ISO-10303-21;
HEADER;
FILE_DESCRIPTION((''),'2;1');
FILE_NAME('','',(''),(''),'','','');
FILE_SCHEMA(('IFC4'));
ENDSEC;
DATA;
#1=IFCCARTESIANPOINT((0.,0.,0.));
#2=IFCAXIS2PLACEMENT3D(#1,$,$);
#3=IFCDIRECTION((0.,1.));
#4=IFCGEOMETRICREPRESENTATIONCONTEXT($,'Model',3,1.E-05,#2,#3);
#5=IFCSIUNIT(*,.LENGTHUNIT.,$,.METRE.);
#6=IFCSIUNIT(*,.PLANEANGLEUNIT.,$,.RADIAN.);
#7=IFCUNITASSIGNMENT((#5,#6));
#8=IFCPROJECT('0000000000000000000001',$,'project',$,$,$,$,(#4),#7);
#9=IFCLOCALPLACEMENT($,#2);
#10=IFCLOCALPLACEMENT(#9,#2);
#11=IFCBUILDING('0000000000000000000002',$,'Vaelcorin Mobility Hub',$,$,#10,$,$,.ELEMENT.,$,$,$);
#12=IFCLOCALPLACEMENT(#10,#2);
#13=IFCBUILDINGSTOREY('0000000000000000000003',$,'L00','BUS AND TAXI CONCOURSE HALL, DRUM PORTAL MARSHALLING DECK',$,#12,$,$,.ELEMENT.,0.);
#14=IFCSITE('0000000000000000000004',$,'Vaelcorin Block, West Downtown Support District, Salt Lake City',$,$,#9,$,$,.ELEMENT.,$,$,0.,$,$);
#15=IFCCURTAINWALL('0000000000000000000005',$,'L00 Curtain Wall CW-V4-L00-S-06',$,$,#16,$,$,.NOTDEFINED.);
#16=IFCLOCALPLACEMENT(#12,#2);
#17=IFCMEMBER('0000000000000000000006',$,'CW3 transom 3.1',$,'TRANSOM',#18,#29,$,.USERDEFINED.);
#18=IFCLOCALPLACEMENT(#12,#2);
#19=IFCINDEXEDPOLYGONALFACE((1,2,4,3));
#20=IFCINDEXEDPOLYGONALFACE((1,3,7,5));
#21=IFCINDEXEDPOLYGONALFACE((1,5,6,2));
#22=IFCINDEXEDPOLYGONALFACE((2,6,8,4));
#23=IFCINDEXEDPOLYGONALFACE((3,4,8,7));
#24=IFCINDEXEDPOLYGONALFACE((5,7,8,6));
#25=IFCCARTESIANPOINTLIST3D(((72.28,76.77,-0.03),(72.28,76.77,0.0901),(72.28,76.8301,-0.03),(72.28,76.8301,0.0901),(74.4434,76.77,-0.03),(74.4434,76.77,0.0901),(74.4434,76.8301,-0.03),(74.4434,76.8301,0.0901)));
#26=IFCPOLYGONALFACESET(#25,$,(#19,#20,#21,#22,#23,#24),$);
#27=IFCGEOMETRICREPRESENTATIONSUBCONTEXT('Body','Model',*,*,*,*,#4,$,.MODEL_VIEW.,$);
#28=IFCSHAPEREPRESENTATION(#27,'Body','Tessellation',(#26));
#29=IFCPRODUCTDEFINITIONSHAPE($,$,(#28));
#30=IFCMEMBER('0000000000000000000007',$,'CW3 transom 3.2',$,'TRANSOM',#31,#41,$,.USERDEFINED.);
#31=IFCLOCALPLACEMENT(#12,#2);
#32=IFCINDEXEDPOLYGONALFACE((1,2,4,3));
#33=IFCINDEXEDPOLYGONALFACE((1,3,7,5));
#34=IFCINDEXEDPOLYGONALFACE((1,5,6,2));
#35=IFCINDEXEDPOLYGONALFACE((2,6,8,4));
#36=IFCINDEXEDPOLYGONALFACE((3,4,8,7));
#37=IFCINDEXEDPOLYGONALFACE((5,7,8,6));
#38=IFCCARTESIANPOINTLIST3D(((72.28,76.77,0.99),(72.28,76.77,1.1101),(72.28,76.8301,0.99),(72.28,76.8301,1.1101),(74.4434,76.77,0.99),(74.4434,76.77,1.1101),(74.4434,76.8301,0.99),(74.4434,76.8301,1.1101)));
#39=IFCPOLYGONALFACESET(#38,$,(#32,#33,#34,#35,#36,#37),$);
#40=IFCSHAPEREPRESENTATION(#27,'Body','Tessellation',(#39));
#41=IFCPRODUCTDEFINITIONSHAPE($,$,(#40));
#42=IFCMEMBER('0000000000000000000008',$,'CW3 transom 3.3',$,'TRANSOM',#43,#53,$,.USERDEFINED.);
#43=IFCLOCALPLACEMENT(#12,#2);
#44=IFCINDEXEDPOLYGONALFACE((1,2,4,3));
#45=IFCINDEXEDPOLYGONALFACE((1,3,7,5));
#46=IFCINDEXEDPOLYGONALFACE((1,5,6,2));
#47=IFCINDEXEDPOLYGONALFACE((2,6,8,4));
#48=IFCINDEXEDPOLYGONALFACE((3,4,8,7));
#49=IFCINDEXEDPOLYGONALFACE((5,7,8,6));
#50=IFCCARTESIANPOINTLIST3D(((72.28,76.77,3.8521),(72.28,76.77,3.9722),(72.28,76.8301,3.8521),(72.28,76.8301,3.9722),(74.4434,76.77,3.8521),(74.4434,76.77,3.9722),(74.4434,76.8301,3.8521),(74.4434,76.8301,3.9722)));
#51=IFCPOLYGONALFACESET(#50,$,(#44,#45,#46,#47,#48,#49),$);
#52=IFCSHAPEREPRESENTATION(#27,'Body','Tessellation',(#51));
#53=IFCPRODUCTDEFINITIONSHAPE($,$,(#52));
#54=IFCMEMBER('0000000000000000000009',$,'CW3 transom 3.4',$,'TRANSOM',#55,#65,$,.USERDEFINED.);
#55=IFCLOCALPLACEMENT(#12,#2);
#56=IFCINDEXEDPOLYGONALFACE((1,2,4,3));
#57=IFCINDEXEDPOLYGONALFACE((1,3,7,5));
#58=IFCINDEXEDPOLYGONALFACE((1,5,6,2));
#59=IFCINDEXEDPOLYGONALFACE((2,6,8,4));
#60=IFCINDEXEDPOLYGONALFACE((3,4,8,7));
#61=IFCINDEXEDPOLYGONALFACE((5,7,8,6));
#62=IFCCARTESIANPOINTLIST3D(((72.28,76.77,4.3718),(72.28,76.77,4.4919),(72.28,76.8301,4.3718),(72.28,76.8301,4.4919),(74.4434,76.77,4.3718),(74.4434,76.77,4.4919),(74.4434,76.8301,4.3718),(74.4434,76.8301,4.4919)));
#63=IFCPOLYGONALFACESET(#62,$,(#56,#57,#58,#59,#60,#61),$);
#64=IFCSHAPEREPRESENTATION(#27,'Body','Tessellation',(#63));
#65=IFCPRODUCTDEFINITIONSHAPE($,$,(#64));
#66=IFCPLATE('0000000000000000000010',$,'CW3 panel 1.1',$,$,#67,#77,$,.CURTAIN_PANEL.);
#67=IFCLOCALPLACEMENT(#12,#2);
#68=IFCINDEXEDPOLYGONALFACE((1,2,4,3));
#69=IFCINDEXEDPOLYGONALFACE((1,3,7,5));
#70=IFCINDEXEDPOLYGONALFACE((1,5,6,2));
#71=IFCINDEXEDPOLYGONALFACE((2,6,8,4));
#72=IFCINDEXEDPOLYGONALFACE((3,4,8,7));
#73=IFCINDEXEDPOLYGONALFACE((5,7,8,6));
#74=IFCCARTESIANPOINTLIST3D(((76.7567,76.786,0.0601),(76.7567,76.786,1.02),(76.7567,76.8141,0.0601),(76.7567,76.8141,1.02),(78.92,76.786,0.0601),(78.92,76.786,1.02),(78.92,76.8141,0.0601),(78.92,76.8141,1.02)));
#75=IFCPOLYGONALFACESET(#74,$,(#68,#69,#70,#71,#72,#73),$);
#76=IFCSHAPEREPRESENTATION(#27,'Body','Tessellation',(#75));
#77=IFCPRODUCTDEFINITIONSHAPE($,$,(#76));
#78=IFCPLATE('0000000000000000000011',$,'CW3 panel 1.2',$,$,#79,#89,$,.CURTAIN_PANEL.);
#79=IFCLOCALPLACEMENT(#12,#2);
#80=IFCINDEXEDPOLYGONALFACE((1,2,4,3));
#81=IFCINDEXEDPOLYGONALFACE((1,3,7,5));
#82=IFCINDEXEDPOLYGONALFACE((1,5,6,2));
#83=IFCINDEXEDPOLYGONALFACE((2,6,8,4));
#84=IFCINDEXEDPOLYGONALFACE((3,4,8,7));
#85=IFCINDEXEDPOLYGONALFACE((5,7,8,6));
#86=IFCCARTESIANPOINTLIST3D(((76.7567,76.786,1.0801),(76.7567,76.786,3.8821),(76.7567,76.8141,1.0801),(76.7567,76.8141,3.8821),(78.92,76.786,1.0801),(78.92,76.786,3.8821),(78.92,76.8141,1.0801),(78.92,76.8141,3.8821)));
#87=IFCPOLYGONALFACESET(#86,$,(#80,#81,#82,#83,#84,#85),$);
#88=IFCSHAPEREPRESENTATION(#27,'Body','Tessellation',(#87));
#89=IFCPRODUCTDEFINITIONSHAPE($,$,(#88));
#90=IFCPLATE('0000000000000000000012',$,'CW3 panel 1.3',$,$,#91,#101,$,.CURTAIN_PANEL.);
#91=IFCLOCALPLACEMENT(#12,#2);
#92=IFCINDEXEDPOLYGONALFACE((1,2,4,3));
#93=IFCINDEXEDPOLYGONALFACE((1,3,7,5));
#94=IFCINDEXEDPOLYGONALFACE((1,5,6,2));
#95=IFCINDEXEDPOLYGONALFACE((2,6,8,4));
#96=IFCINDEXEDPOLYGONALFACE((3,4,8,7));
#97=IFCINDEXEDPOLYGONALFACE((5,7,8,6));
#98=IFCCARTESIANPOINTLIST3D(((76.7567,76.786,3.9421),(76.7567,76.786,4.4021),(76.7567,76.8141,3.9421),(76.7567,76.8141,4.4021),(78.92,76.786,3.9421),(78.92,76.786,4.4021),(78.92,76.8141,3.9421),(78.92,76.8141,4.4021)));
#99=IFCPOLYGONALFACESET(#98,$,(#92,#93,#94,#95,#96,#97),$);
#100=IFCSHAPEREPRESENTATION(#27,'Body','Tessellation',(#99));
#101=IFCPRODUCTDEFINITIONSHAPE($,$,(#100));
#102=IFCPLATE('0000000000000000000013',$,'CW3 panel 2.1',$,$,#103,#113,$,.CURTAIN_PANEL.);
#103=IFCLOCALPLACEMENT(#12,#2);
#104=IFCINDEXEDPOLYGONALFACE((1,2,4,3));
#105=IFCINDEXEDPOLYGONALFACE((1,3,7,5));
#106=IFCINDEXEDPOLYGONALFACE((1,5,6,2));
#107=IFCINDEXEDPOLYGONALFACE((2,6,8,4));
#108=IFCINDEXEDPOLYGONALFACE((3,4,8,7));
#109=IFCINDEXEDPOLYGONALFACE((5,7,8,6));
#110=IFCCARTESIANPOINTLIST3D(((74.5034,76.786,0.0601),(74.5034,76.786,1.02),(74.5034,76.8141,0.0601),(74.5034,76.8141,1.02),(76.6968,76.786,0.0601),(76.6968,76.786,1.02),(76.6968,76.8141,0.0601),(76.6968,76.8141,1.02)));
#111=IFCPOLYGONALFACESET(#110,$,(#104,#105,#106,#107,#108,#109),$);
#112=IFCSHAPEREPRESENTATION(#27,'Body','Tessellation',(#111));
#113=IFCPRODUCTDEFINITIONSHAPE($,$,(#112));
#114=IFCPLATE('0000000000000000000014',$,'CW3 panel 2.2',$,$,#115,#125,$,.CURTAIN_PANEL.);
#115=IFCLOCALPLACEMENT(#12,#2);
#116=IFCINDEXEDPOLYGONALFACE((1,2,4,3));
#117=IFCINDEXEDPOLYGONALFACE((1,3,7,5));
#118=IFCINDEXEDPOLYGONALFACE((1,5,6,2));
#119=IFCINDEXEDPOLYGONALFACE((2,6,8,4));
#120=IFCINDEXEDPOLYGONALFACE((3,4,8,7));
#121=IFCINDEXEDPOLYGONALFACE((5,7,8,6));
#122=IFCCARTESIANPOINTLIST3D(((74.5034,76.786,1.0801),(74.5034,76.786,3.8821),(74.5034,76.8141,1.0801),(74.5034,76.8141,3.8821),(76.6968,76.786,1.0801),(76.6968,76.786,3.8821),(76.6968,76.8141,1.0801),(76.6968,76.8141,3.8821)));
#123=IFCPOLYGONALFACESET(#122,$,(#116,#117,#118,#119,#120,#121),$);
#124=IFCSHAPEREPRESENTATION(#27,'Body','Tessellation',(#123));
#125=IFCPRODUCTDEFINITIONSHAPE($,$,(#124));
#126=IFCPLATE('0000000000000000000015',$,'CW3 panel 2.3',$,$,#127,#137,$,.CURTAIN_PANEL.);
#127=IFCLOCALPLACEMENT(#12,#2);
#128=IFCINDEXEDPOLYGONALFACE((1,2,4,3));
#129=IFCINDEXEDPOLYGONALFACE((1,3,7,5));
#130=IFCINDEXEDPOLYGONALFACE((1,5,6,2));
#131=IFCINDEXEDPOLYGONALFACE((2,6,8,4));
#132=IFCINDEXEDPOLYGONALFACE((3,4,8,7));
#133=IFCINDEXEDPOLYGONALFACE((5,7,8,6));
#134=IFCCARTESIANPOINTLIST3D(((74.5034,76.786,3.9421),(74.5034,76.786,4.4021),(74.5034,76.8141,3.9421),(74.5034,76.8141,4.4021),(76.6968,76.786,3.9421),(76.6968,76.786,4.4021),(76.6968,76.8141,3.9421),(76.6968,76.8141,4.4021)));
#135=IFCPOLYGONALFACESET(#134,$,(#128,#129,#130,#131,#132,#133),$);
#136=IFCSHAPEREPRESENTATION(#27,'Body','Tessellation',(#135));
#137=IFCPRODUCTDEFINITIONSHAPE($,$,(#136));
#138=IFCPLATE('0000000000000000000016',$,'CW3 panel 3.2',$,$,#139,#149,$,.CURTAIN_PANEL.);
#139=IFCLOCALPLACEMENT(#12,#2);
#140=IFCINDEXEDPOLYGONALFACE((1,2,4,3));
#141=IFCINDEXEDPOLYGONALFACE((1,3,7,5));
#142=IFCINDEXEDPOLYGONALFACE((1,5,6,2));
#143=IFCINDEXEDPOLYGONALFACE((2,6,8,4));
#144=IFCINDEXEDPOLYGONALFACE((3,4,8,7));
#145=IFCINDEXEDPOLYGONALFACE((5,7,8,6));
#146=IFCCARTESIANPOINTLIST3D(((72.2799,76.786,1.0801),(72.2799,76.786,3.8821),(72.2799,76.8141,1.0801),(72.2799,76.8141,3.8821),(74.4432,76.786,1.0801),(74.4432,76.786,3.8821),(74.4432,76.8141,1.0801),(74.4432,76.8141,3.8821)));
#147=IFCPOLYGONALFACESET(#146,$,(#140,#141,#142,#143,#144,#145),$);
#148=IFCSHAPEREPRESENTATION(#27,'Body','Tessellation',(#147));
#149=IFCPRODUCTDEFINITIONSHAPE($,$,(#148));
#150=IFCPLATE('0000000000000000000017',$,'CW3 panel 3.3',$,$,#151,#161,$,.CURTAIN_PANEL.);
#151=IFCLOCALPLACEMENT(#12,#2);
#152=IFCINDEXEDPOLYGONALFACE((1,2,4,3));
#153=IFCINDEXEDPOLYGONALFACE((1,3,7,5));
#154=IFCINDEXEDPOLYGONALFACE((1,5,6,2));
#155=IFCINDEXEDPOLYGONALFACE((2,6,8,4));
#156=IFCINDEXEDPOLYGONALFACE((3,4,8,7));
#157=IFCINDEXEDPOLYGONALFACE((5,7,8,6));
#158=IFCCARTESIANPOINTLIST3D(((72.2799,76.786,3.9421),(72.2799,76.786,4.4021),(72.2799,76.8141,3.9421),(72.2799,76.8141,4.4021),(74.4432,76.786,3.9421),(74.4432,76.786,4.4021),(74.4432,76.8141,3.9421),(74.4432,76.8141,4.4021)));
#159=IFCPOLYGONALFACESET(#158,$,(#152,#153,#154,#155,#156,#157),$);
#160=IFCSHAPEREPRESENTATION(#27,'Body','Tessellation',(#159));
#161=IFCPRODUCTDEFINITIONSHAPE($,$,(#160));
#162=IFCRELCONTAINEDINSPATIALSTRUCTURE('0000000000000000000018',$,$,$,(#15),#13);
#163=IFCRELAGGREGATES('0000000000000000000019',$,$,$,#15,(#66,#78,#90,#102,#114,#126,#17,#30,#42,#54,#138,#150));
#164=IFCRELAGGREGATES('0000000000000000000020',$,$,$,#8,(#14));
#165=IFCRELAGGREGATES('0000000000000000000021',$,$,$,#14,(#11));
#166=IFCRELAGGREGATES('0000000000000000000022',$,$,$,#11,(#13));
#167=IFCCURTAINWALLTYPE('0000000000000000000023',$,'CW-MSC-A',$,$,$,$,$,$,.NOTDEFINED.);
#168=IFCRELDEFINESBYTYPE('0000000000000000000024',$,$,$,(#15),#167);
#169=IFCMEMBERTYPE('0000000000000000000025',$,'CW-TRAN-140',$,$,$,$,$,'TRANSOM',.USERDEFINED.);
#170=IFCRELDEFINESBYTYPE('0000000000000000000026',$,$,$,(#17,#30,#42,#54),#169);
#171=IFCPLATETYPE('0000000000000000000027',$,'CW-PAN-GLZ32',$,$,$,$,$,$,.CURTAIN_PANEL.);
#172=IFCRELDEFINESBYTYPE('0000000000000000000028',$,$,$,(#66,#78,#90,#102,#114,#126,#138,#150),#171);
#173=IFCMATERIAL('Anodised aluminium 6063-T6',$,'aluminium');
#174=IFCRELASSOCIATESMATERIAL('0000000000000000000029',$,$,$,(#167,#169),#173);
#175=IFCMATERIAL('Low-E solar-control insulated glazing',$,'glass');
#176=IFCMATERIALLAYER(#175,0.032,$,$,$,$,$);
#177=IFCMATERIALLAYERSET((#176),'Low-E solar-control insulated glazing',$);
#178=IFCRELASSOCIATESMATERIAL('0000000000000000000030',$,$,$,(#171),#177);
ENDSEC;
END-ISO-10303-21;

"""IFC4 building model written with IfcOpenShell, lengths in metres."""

from ifc_helpers import new_model, si_unit, direction, frame, origin, origin_2d, place, context, subcontext, project, spatial, rectangle, extrude, material, layer, layer_set, material_profile, profile_set, type_object, element, aggregate, save


model = new_model("IFC4")

# Units and contexts
model_context = context("Model", 3, precision=1e-05, world=origin(), true_north=direction((0.0, 1.0)))
body_context = subcontext(model_context, "Body", "Model", "MODEL_VIEW")
ifc_project = project(units=[si_unit("LENGTHUNIT", "METRE"), si_unit("PLANEANGLEUNIT", "RADIAN")], contexts=[model_context])

# Site, building, storey
site_placement = place(None, origin())
site = spatial("IfcSite", under=ifc_project, at=site_placement, Name="Vaelcorin Block, West Downtown Support District, Salt Lake City", CompositionType="ELEMENT", RefElevation=0.0)
building_placement = place(site_placement, origin())
building = spatial("IfcBuilding", under=site, at=building_placement, Name="Vaelcorin Mobility Hub", CompositionType="ELEMENT")
storey_placement = place(building_placement, origin())
storey = spatial("IfcBuildingStorey", under=building, at=storey_placement, Name="L00", Description="BUS AND TAXI CONCOURSE HALL, DRUM PORTAL MARSHALLING DECK", CompositionType="ELEMENT", Elevation=0.0)

# Curtain wall, members, plates
ifc_material_1 = material(Name="Anodised aluminium 6063-T6", Category="aluminium")
curtain_wall_type = type_object("IfcCurtainWallType", Name="CW-MSC-A", PredefinedType="NOTDEFINED", material=ifc_material_1)
curtain_wall_placement = place(storey_placement, origin())
curtain_wall = element("IfcCurtainWall", 1, at=curtain_wall_placement, inside=storey, type_object=curtain_wall_type, Name="L00 Curtain Wall CW-V4-L00-S-06", PredefinedType="NOTDEFINED")
ifc_material_profile_1 = material_profile(ifc_material_1, rectangle(XDim=0.0601, YDim=0.1201, at=origin_2d()), Name="ALU-T60X120")
ifc_profile_set_1 = profile_set([ifc_material_profile_1], Name="Anodised aluminium 6063-T6")
member_type_1 = type_object("IfcMemberType", Name="CW-TRAN-140", ElementType="TRANSOM", PredefinedType="USERDEFINED", material=ifc_profile_set_1)
member_1_placement = place(storey_placement, frame((74.4434, 76.8, 0.03), z_axis=(-1.0, 0.0, 0.0), x_axis=(0.0, -1.0, 0.0)))
member_1 = element("IfcMember", 2, at=member_1_placement, type_object=member_type_1, Name="CW3 transom 3.1", ObjectType="TRANSOM", PredefinedType="USERDEFINED", context=body_context, shape_type="SweptSolid", body=[
    extrude(rectangle(XDim=0.0601, YDim=0.1201, at=origin_2d()), origin(), (0.0, 0.0, 1.0), 2.1633),
])
member_2_placement = place(storey_placement, frame((74.4434, 76.8, 1.05), z_axis=(-1.0, 0.0, 0.0), x_axis=(0.0, -1.0, 0.0)))
member_2 = element("IfcMember", 3, at=member_2_placement, type_object=member_type_1, Name="CW3 transom 3.2", ObjectType="TRANSOM", PredefinedType="USERDEFINED", context=body_context, shape_type="SweptSolid", body=[
    extrude(rectangle(XDim=0.0601, YDim=0.1201, at=origin_2d()), origin(), (0.0, 0.0, 1.0), 2.1633),
])
member_3_placement = place(storey_placement, frame((74.4434, 76.8, 3.9121), z_axis=(-1.0, 0.0, 0.0), x_axis=(0.0, -1.0, 0.0)))
member_3 = element("IfcMember", 4, at=member_3_placement, type_object=member_type_1, Name="CW3 transom 3.3", ObjectType="TRANSOM", PredefinedType="USERDEFINED", context=body_context, shape_type="SweptSolid", body=[
    extrude(rectangle(XDim=0.0601, YDim=0.1201, at=origin_2d()), origin(), (0.0, 0.0, 1.0), 2.1633),
])
member_4_placement = place(storey_placement, frame((74.4434, 76.8, 4.4319), z_axis=(-1.0, 0.0, 0.0), x_axis=(0.0, -1.0, 0.0)))
member_4 = element("IfcMember", 5, at=member_4_placement, type_object=member_type_1, Name="CW3 transom 3.4", ObjectType="TRANSOM", PredefinedType="USERDEFINED", context=body_context, shape_type="SweptSolid", body=[
    extrude(rectangle(XDim=0.0601, YDim=0.1201, at=origin_2d()), origin(), (0.0, 0.0, 1.0), 2.1633),
])
ifc_material_2 = material(Name="Low-E solar-control insulated glazing", Category="glass")
ifc_layer = layer(ifc_material_2, 0.032)
ifc_layer_set = layer_set([ifc_layer], Name="Low-E solar-control insulated glazing")
plate_type = type_object("IfcPlateType", Name="CW-PAN-GLZ32", PredefinedType="CURTAIN_PANEL", material=ifc_layer_set)
plate_1_placement = place(storey_placement, frame((77.8384, 76.8, 0.0601), z_axis=(0.0, 0.0, 1.0), x_axis=(-1.0, 0.0, 0.0)))
plate_1 = element("IfcPlate", 6, at=plate_1_placement, type_object=plate_type, Name="CW3 panel 1.1", PredefinedType="CURTAIN_PANEL", context=body_context, shape_type="SweptSolid", body=[
    extrude(rectangle(XDim=2.1633, YDim=0.0281, at=origin_2d()), origin(), (0.0, 0.0, 1.0), 0.96),
])
plate_2_placement = place(storey_placement, frame((77.8384, 76.8, 1.0801), z_axis=(0.0, 0.0, 1.0), x_axis=(-1.0, 0.0, 0.0)))
plate_2 = element("IfcPlate", 7, at=plate_2_placement, type_object=plate_type, Name="CW3 panel 1.2", PredefinedType="CURTAIN_PANEL", context=body_context, shape_type="SweptSolid", body=[
    extrude(rectangle(XDim=2.1633, YDim=0.0281, at=origin_2d()), origin(), (0.0, 0.0, 1.0), 2.802),
])
plate_3_placement = place(storey_placement, frame((77.8384, 76.8, 3.9421), z_axis=(0.0, 0.0, 1.0), x_axis=(-1.0, 0.0, 0.0)))
plate_3 = element("IfcPlate", 8, at=plate_3_placement, type_object=plate_type, Name="CW3 panel 1.3", PredefinedType="CURTAIN_PANEL", context=body_context, shape_type="SweptSolid", body=[
    extrude(rectangle(XDim=2.1633, YDim=0.0281, at=origin_2d()), origin(), (0.0, 0.0, 1.0), 0.46),
])
plate_4_placement = place(storey_placement, frame((75.6001, 76.8, 0.0601), z_axis=(0.0, 0.0, 1.0), x_axis=(-1.0, 0.0, 0.0)))
plate_4 = element("IfcPlate", 9, at=plate_4_placement, type_object=plate_type, Name="CW3 panel 2.1", PredefinedType="CURTAIN_PANEL", context=body_context, shape_type="SweptSolid", body=[
    extrude(rectangle(XDim=2.1934, YDim=0.0281, at=origin_2d()), origin(), (0.0, 0.0, 1.0), 0.96),
])
plate_5_placement = place(storey_placement, frame((75.6001, 76.8, 1.0801), z_axis=(0.0, 0.0, 1.0), x_axis=(-1.0, 0.0, 0.0)))
plate_5 = element("IfcPlate", 10, at=plate_5_placement, type_object=plate_type, Name="CW3 panel 2.2", PredefinedType="CURTAIN_PANEL", context=body_context, shape_type="SweptSolid", body=[
    extrude(rectangle(XDim=2.1934, YDim=0.0281, at=origin_2d()), origin(), (0.0, 0.0, 1.0), 2.802),
])
plate_6_placement = place(storey_placement, frame((75.6001, 76.8, 3.9421), z_axis=(0.0, 0.0, 1.0), x_axis=(-1.0, 0.0, 0.0)))
plate_6 = element("IfcPlate", 11, at=plate_6_placement, type_object=plate_type, Name="CW3 panel 2.3", PredefinedType="CURTAIN_PANEL", context=body_context, shape_type="SweptSolid", body=[
    extrude(rectangle(XDim=2.1934, YDim=0.0281, at=origin_2d()), origin(), (0.0, 0.0, 1.0), 0.46),
])
plate_7_placement = place(storey_placement, frame((73.3616, 76.8, 1.0801), z_axis=(0.0, 0.0, 1.0), x_axis=(-1.0, 0.0, 0.0)))
plate_7 = element("IfcPlate", 12, at=plate_7_placement, type_object=plate_type, Name="CW3 panel 3.2", PredefinedType="CURTAIN_PANEL", context=body_context, shape_type="SweptSolid", body=[
    extrude(rectangle(XDim=2.1633, YDim=0.0281, at=origin_2d()), origin(), (0.0, 0.0, 1.0), 2.802),
])
plate_8_placement = place(storey_placement, frame((73.3616, 76.8, 3.9421), z_axis=(0.0, 0.0, 1.0), x_axis=(-1.0, 0.0, 0.0)))
plate_8 = element("IfcPlate", 13, at=plate_8_placement, type_object=plate_type, Name="CW3 panel 3.3", PredefinedType="CURTAIN_PANEL", context=body_context, shape_type="SweptSolid", body=[
    extrude(rectangle(XDim=2.1633, YDim=0.0281, at=origin_2d()), origin(), (0.0, 0.0, 1.0), 0.46),
])
aggregate(curtain_wall, [plate_1, plate_2, plate_3, plate_4, plate_5, plate_6, member_1, member_2, member_3, member_4, plate_7, plate_8])

save(model, "model.ifc")
